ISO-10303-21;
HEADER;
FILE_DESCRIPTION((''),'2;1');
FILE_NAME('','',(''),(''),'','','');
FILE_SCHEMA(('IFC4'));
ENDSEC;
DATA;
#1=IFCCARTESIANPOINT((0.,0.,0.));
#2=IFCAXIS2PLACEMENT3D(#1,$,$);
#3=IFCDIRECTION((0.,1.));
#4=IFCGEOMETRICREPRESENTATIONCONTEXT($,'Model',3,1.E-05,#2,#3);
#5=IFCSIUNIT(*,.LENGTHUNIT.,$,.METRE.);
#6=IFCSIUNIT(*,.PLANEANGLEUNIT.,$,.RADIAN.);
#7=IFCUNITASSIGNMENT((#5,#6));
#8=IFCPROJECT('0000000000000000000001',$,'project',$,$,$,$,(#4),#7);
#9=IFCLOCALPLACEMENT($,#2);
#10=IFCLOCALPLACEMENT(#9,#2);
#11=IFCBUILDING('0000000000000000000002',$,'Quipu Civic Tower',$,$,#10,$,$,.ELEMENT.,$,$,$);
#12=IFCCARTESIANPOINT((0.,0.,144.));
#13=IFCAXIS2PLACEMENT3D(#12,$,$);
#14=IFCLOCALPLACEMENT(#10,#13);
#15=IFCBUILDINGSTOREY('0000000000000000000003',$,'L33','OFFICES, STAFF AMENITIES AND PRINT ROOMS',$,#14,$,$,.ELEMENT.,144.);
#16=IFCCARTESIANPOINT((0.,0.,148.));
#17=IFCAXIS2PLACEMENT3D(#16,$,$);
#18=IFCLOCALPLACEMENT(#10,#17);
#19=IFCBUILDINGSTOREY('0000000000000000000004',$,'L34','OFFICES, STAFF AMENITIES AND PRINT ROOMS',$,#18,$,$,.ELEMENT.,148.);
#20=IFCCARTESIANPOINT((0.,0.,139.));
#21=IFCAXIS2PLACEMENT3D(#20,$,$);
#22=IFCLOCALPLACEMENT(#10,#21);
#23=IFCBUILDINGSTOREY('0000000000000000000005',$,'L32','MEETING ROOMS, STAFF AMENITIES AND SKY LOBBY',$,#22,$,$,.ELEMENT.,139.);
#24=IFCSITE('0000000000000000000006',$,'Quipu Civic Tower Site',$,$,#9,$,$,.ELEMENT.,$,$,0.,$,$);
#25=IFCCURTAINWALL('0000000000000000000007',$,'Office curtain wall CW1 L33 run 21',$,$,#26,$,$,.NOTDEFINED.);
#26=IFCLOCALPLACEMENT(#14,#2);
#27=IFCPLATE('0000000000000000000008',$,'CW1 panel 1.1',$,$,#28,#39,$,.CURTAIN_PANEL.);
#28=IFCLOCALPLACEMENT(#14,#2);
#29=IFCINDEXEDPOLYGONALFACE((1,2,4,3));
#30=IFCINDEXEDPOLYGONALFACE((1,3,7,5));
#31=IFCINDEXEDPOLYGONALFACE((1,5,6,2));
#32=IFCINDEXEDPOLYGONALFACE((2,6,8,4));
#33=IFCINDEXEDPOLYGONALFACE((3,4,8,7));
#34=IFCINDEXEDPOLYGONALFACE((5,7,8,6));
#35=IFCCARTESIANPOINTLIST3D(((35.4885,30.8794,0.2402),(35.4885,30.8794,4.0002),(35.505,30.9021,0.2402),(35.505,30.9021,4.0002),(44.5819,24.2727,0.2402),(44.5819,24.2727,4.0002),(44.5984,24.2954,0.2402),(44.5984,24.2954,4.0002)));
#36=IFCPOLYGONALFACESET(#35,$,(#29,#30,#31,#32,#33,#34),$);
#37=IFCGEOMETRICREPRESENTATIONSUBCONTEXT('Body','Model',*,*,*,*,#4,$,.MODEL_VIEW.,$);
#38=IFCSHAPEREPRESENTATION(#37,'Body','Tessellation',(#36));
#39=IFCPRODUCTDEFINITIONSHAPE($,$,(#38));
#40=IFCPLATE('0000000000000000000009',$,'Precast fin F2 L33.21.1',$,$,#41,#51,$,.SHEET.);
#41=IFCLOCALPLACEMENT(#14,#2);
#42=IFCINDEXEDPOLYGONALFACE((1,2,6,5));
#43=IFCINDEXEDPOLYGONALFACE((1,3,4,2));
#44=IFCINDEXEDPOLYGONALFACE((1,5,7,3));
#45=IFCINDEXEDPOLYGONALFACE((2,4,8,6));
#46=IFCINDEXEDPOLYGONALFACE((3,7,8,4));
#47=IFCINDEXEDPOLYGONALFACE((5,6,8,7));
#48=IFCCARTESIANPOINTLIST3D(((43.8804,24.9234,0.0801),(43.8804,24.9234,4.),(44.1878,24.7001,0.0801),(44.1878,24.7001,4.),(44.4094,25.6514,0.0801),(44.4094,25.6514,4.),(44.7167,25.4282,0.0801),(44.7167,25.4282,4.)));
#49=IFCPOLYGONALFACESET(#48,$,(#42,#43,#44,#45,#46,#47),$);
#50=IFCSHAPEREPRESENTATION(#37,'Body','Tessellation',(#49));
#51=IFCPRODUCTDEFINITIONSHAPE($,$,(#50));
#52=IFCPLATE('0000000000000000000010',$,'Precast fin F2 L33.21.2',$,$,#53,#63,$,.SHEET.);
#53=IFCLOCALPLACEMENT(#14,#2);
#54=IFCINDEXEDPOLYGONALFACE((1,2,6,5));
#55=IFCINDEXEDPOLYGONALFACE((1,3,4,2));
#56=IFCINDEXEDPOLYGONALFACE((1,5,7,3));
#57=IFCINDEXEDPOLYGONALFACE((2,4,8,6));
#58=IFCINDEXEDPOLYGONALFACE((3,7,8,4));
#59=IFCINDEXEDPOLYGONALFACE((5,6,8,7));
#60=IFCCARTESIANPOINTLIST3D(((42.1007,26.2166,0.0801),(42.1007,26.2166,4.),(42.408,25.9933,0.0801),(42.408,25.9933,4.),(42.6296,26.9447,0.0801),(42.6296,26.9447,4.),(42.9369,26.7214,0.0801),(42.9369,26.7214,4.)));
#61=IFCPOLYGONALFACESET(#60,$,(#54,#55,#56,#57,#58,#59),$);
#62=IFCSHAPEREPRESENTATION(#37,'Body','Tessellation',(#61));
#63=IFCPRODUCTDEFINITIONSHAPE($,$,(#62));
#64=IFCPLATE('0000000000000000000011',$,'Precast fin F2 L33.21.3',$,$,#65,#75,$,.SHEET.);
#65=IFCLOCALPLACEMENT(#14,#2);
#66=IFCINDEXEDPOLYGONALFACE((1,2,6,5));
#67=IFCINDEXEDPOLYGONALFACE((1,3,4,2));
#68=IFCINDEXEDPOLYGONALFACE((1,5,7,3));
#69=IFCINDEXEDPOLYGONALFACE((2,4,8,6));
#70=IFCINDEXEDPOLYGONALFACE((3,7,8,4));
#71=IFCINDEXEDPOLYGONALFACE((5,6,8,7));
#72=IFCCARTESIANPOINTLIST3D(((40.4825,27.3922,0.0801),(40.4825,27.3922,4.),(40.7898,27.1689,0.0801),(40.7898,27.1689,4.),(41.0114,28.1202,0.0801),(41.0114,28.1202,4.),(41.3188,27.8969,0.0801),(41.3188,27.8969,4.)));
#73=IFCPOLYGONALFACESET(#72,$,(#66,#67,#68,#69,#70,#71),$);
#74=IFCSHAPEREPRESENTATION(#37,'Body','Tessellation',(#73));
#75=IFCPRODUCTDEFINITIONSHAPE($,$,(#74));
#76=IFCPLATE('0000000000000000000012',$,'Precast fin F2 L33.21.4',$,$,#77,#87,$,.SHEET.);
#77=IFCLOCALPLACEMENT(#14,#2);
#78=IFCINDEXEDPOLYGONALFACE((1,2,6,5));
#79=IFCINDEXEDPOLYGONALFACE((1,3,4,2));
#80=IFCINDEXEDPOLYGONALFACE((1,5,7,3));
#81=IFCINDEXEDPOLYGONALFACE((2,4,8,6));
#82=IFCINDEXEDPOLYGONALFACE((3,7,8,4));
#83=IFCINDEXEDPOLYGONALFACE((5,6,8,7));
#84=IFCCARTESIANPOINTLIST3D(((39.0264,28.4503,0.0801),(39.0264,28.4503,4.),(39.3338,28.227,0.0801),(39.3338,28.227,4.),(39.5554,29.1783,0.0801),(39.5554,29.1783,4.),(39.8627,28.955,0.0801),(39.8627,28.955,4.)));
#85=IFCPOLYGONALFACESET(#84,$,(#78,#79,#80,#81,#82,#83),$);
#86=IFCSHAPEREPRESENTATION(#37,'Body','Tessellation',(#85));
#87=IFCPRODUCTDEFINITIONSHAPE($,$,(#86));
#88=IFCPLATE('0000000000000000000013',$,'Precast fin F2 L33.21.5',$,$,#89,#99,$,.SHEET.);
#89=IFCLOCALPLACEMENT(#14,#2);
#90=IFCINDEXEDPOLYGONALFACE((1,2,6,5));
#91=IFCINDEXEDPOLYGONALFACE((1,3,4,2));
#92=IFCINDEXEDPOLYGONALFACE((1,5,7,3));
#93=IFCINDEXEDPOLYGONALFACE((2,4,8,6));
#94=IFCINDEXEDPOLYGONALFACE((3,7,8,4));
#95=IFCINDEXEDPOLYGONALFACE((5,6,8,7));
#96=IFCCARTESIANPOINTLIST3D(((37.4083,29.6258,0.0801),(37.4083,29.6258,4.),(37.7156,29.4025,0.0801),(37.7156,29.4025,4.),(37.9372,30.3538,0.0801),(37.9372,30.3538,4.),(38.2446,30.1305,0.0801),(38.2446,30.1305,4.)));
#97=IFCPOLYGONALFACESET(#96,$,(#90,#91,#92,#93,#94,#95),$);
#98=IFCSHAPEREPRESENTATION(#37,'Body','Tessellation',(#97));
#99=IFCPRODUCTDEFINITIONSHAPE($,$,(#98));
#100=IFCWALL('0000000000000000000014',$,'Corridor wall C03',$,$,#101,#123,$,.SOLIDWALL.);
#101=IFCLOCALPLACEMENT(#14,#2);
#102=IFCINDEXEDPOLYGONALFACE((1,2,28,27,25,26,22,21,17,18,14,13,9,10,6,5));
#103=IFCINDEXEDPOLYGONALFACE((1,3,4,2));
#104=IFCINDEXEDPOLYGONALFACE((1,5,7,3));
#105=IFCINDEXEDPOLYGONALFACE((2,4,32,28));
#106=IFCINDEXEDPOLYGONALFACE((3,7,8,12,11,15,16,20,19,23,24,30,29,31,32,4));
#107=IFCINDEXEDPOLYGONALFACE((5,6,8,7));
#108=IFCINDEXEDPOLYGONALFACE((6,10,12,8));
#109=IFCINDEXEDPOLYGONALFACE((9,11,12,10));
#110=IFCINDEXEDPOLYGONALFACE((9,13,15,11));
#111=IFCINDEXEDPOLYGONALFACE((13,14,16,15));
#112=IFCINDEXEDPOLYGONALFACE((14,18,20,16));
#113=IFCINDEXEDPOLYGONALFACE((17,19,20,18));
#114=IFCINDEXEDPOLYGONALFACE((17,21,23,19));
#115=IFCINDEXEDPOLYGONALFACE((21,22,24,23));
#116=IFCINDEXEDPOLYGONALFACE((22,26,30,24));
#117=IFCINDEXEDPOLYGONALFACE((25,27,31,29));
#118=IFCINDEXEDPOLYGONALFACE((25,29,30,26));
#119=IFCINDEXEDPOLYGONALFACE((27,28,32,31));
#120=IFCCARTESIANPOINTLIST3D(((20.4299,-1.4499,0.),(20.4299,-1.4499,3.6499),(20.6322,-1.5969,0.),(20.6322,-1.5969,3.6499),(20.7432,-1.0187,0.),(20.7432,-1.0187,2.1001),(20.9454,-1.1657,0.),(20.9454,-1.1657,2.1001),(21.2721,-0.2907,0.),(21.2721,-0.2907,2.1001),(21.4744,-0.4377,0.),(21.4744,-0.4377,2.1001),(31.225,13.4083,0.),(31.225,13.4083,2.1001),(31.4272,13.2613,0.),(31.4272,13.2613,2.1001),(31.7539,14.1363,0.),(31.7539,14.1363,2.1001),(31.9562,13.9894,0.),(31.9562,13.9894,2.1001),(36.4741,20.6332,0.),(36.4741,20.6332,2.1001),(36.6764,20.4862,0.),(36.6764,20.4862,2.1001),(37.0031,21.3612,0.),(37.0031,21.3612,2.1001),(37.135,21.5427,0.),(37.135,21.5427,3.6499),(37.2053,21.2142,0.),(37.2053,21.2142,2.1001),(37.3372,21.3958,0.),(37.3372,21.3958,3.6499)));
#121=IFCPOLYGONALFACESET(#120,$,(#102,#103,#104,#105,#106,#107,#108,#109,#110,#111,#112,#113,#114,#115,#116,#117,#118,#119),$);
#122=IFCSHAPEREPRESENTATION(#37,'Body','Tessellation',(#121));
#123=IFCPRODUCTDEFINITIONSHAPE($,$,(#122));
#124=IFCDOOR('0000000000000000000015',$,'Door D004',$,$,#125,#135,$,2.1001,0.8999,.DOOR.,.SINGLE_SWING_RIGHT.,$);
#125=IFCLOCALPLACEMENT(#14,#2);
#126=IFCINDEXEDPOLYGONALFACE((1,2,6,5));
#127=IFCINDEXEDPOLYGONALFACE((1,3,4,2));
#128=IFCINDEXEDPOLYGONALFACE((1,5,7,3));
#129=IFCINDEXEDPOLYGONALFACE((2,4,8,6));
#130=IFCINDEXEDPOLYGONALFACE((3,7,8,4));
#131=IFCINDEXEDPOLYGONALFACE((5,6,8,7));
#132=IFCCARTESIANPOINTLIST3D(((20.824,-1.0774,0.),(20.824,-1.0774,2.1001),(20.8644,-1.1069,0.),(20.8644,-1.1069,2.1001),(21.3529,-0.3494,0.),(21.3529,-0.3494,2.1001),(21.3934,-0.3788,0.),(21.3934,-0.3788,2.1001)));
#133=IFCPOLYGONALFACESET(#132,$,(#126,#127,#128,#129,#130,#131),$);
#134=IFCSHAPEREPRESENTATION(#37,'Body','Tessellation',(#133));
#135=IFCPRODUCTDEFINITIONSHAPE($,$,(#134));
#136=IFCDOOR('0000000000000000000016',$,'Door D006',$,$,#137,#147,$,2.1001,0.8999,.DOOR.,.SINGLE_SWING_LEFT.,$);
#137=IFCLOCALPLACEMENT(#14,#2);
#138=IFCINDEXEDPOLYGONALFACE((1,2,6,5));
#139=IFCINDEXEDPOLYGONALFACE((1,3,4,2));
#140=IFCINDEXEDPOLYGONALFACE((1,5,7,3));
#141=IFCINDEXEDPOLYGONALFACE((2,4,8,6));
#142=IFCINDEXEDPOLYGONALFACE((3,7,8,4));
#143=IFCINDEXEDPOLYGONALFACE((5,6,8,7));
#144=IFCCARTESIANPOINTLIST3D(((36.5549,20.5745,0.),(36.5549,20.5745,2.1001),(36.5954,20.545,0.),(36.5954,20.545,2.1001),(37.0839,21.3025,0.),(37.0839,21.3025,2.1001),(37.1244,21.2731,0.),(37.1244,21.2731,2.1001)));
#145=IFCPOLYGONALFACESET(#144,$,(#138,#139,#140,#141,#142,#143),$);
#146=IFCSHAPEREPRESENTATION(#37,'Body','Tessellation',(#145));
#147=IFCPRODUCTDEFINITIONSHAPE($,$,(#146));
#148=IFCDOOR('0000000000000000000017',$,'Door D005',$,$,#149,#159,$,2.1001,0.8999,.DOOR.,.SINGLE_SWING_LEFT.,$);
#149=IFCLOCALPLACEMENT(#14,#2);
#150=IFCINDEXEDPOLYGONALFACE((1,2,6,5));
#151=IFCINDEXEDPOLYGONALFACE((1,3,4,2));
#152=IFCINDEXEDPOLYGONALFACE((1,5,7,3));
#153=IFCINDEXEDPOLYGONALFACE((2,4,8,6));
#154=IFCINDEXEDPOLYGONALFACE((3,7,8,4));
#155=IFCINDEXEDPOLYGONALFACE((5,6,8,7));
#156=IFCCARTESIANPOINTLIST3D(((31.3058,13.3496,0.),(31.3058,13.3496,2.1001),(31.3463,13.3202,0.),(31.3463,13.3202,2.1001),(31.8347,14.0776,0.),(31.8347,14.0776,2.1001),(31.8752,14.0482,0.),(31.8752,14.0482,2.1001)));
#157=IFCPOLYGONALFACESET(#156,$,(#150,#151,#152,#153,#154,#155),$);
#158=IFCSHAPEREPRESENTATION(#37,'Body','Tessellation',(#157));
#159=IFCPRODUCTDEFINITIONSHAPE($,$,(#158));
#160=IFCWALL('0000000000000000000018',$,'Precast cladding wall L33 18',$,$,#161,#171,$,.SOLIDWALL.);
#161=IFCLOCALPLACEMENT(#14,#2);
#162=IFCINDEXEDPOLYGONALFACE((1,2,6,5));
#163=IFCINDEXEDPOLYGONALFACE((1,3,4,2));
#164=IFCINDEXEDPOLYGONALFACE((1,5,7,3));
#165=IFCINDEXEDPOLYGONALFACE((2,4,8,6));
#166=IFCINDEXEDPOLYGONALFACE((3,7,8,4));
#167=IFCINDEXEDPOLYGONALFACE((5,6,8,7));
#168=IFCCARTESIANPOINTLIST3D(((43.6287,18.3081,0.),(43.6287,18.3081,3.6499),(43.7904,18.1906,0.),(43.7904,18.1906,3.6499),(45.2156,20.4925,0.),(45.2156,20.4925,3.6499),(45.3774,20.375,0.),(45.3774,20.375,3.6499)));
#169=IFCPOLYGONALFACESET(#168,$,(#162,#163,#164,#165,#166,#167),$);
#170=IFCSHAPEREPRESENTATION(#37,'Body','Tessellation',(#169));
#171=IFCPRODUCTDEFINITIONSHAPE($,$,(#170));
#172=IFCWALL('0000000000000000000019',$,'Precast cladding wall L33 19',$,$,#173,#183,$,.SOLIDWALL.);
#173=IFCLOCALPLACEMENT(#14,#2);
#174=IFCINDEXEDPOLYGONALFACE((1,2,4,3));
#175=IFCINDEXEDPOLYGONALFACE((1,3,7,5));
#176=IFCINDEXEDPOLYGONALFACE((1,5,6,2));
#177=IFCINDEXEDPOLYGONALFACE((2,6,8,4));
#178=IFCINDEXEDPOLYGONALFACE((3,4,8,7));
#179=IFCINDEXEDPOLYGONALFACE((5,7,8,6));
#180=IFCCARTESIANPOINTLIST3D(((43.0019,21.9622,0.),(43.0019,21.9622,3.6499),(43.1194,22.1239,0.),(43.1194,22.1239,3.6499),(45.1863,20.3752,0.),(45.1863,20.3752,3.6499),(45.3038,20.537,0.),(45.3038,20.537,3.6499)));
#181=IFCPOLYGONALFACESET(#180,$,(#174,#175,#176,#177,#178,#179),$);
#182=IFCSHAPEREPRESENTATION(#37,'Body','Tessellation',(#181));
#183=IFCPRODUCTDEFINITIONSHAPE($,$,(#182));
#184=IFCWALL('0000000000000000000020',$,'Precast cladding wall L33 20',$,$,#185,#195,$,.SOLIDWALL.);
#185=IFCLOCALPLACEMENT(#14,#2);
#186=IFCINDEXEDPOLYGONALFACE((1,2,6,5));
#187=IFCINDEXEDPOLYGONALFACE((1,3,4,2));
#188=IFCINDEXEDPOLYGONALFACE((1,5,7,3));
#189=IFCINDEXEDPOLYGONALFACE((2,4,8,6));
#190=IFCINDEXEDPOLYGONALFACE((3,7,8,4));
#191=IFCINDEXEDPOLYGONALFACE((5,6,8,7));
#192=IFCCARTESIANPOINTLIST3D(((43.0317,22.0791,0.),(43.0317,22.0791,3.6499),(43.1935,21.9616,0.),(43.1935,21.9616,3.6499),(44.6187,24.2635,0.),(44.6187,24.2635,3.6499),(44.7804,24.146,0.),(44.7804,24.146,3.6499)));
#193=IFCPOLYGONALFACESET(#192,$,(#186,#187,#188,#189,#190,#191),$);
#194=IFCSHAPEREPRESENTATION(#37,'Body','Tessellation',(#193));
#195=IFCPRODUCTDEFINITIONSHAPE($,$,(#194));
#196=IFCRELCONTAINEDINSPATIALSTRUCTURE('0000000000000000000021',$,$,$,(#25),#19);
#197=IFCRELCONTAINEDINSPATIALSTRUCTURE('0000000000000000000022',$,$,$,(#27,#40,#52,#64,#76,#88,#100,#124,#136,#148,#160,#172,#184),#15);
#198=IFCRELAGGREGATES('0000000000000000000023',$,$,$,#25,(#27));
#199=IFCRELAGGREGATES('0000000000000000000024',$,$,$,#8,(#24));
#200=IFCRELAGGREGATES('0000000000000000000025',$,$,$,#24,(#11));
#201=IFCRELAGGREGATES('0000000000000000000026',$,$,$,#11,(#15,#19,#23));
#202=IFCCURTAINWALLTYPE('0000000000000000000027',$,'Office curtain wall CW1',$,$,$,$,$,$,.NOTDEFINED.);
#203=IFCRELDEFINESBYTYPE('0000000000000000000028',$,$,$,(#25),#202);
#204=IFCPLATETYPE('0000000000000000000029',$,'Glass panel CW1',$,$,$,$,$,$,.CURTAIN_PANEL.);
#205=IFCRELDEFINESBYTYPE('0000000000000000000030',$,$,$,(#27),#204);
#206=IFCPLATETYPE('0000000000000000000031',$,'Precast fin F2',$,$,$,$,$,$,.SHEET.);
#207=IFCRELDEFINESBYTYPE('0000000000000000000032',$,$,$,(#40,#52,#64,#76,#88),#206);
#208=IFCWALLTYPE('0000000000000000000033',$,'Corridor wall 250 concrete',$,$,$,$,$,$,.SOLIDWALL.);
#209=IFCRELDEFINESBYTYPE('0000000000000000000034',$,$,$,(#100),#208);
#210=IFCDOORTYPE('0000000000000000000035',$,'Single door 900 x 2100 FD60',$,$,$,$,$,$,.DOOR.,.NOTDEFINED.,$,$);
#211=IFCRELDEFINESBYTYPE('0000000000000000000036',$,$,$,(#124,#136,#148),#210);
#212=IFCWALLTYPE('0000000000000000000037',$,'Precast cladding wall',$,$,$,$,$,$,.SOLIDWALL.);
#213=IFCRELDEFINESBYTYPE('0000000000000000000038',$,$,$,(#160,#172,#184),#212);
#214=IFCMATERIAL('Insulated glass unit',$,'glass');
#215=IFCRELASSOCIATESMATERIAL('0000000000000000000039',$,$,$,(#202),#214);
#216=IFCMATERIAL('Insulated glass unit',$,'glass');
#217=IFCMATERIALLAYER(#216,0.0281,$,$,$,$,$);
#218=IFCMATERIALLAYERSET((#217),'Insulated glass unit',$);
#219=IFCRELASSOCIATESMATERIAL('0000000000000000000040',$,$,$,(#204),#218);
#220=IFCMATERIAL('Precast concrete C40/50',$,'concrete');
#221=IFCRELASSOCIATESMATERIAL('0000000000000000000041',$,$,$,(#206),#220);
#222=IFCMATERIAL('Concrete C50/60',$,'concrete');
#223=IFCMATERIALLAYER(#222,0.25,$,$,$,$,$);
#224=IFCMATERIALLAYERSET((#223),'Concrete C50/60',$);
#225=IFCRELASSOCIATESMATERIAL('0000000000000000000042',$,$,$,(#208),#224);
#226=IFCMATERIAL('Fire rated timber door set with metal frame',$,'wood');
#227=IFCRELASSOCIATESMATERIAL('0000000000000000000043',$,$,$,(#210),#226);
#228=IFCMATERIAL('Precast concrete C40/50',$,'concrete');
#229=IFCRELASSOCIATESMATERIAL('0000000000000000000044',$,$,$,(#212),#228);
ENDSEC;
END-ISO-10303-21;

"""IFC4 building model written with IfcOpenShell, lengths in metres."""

from ifc_helpers import new_model, si_unit, direction, frame, frame_2d, origin, origin_2d, place, context, subcontext, project, spatial, rectangle, extrude, material, layer, layer_set, type_object, element, fill, aggregate, save


model = new_model("IFC4")

# Units and contexts
model_context = context("Model", 3, precision=1e-05, world=origin(), true_north=direction((0.0, 1.0)))
body_context = subcontext(model_context, "Body", "Model", "MODEL_VIEW")
ifc_project = project(units=[si_unit("LENGTHUNIT", "METRE"), si_unit("PLANEANGLEUNIT", "RADIAN")], contexts=[model_context])

# Site, building, storey
site_placement = place(None, origin())
site = spatial("IfcSite", under=ifc_project, at=site_placement, Name="Quipu Civic Tower Site", CompositionType="ELEMENT", RefElevation=0.0)
building_placement = place(site_placement, origin())
building = spatial("IfcBuilding", under=site, at=building_placement, Name="Quipu Civic Tower", CompositionType="ELEMENT")
storey_1_placement = place(building_placement, frame((0.0, 0.0, 144.0)))
storey_1 = spatial("IfcBuildingStorey", under=building, at=storey_1_placement, Name="L33", Description="OFFICES, STAFF AMENITIES AND PRINT ROOMS", CompositionType="ELEMENT", Elevation=144.0)

# Shared definitions
storey_2_placement = place(building_placement, frame((0.0, 0.0, 148.0)))
storey_2 = spatial("IfcBuildingStorey", under=building, at=storey_2_placement, Name="L34", Description="OFFICES, STAFF AMENITIES AND PRINT ROOMS", CompositionType="ELEMENT", Elevation=148.0)

# Curtain wall
ifc_material_1 = material(Name="Insulated glass unit", Category="glass")
curtain_wall_type_1 = type_object("IfcCurtainWallType", Name="Office curtain wall CW1", PredefinedType="NOTDEFINED", material=ifc_material_1)
curtain_wall_1_placement = place(storey_2_placement, origin())
curtain_wall_1 = element("IfcCurtainWall", 1, at=curtain_wall_1_placement, inside=storey_2, type_object=curtain_wall_type_1, Name="Office curtain wall CW1 L33 run 21", PredefinedType="NOTDEFINED")

# Shared definitions
storey_3_placement = place(building_placement, frame((0.0, 0.0, 139.0)))
storey_3 = spatial("IfcBuildingStorey", under=building, at=storey_3_placement, Name="L32", Description="MEETING ROOMS, STAFF AMENITIES AND SKY LOBBY", CompositionType="ELEMENT", Elevation=139.0)

# Plate
ifc_material_2 = material(Name="Insulated glass unit", Category="glass")
ifc_layer_1 = layer(ifc_material_2, 0.0281)
ifc_layer_set_1 = layer_set([ifc_layer_1], Name="Insulated glass unit")
plate_type_1 = type_object("IfcPlateType", Name="Glass panel CW1", PredefinedType="CURTAIN_PANEL", material=ifc_layer_set_1)
plate_placement = place(storey_1_placement, frame((40.0435, 27.5874, 0.2402), z_axis=(0.0, 0.0, 1.0), x_axis=(-0.809015, 0.587788, 0.0)))
plate = element("IfcPlate", 2, at=plate_placement, inside=storey_1, type_object=plate_type_1, Name="CW1 panel 1.1", PredefinedType="CURTAIN_PANEL", context=body_context, shape_type="SweptSolid", body=[
    extrude(rectangle(XDim=11.24, YDim=0.0281, at=origin_2d()), origin(), (0.0, 0.0, 1.0), 3.76),
])
aggregate(curtain_wall_1, [plate])

# Plates
ifc_material_3 = material(Name="Precast concrete C40/50", Category="concrete")
plate_type_2 = type_object("IfcPlateType", Name="Precast fin F2", PredefinedType="SHEET", material=ifc_material_3)
for number, where, z_axis, x_axis, name in (
    (3, (44.2986, 25.1758, 0.0801), (0.0, 0.0, 1.0), (-0.809017, 0.587785, 0.0), "Precast fin F2 L33.21.1"),
    (4, (42.5188, 26.469, 0.0801), (0.0, 0.0, 1.0), (-0.809017, 0.587785, 0.0), "Precast fin F2 L33.21.2"),
    (5, (40.9006, 27.6445, 0.0801), (0.0, 0.0, 1.0), (-0.809017, 0.587785, 0.0), "Precast fin F2 L33.21.3"),
    (6, (39.4446, 28.7026, 0.0801), (0.0, 0.0, 1.0), (-0.809017, 0.587785, 0.0), "Precast fin F2 L33.21.4"),
    (7, (37.8264, 29.8782, 0.0801), (0.0, 0.0, 1.0), (-0.809017, 0.587785, 0.0), "Precast fin F2 L33.21.5"),
):
    element("IfcPlate", number, at=place(storey_1_placement, frame(where, z_axis=z_axis, x_axis=x_axis)), inside=storey_1, type_object=plate_type_2, Name=name, PredefinedType="SHEET", context=body_context, shape_type="SweptSolid", body=[
        extrude(rectangle(XDim=0.3799, YDim=0.8999, at=origin_2d()), origin(), (0.0, 0.0, 1.0), 3.9199),
    ])

# Wall, openings, doors
ifc_material_4 = material(Name="Concrete C50/60", Category="concrete")
ifc_layer_2 = layer(ifc_material_4, 0.25)
ifc_layer_set_2 = layer_set([ifc_layer_2], Name="Concrete C50/60")
wall_type_1 = type_object("IfcWallType", Name="Corridor wall 250 concrete", PredefinedType="SOLIDWALL", material=ifc_layer_set_2)
wall_placement = place(storey_1_placement, frame((37.2361, 21.4692, 0.0), z_axis=(0.0, 0.0, 1.0), x_axis=(-0.587783, -0.809018, 0.0)))
wall = element("IfcWall", 8, at=wall_placement, inside=storey_1, type_object=wall_type_1, Name="Corridor wall C03", PredefinedType="SOLIDWALL", context=body_context, shape_type="SweptSolid", body=[
    extrude(rectangle(XDim=28.4204, YDim=0.25, at=frame_2d((14.2102, 0.0))), origin(), (0.0, 0.0, 1.0), 3.6499),
])
opening_1_placement = place(wall_placement, frame((26.9875, 0.0, 0.0)))
opening_1 = element("IfcOpeningElement", 9, at=opening_1_placement, cuts=wall, PredefinedType="OPENING", context=body_context, shape_type="SweptSolid", body=[
    extrude(rectangle(XDim=0.8999, YDim=2.1001, at=frame_2d((0.45, 1.05))), frame((0.0, 0.135, 0.0), z_axis=(0.0, -1.0, 0.0), x_axis=(1.0, 0.0, 0.0)), (0.0, 0.0, 1.0), 0.27),
])
opening_2_placement = place(wall_placement, frame((0.2244, 0.0, 0.0)))
opening_2 = element("IfcOpeningElement", 10, at=opening_2_placement, cuts=wall, PredefinedType="OPENING", context=body_context, shape_type="SweptSolid", body=[
    extrude(rectangle(XDim=0.8999, YDim=2.1001, at=frame_2d((0.45, 1.05))), frame((0.0, 0.135, 0.0), z_axis=(0.0, -1.0, 0.0), x_axis=(1.0, 0.0, 0.0)), (0.0, 0.0, 1.0), 0.27),
])
opening_3_placement = place(wall_placement, frame((9.1548, 0.0, 0.0)))
opening_3 = element("IfcOpeningElement", 11, at=opening_3_placement, cuts=wall, PredefinedType="OPENING", context=body_context, shape_type="SweptSolid", body=[
    extrude(rectangle(XDim=0.8999, YDim=2.1001, at=frame_2d((0.45, 1.05))), frame((0.0, 0.135, 0.0), z_axis=(0.0, -1.0, 0.0), x_axis=(1.0, 0.0, 0.0)), (0.0, 0.0, 1.0), 0.27),
])
ifc_material_5 = material(Name="Fire rated timber door set with metal frame", Category="wood")
door_type = type_object("IfcDoorType", Name="Single door 900 x 2100 FD60", OperationType="NOTDEFINED", PredefinedType="DOOR", material=ifc_material_5)
door_1_placement = place(opening_1_placement, origin())
door_1 = element("IfcDoor", 12, at=door_1_placement, inside=storey_1, type_object=door_type, Name="Door D004", OperationType="SINGLE_SWING_RIGHT", OverallHeight=2.1001, OverallWidth=0.8999, PredefinedType="DOOR", context=body_context, shape_type="SweptSolid", body=[
    extrude(rectangle(XDim=0.8999, YDim=2.1001, at=frame_2d((0.45, 1.05))), frame((0.0, 0.0249, 0.0), z_axis=(0.0, -1.0, 0.0), x_axis=(1.0, 0.0, 0.0)), (0.0, 0.0, 1.0), 0.05),
])
fill(opening_1, door_1)
door_2_placement = place(opening_2_placement, origin())
door_2 = element("IfcDoor", 13, at=door_2_placement, inside=storey_1, type_object=door_type, Name="Door D006", OperationType="SINGLE_SWING_LEFT", OverallHeight=2.1001, OverallWidth=0.8999, PredefinedType="DOOR", context=body_context, shape_type="SweptSolid", body=[
    extrude(rectangle(XDim=0.8999, YDim=2.1001, at=frame_2d((0.45, 1.05))), frame((0.0, 0.0249, 0.0), z_axis=(0.0, -1.0, 0.0), x_axis=(1.0, 0.0, 0.0)), (0.0, 0.0, 1.0), 0.05),
])
fill(opening_2, door_2)
door_3_placement = place(opening_3_placement, origin())
door_3 = element("IfcDoor", 14, at=door_3_placement, inside=storey_1, type_object=door_type, Name="Door D005", OperationType="SINGLE_SWING_LEFT", OverallHeight=2.1001, OverallWidth=0.8999, PredefinedType="DOOR", context=body_context, shape_type="SweptSolid", body=[
    extrude(rectangle(XDim=0.8999, YDim=2.1001, at=frame_2d((0.45, 1.05))), frame((0.0, 0.0249, 0.0), z_axis=(0.0, -1.0, 0.0), x_axis=(1.0, 0.0, 0.0)), (0.0, 0.0, 1.0), 0.05),
])
fill(opening_3, door_3)

# Walls
ifc_material_6 = material(Name="Precast concrete C40/50", Category="concrete")
wall_type_2 = type_object("IfcWallType", Name="Precast cladding wall", PredefinedType="SOLIDWALL", material=ifc_material_6)
for number, where, z_axis, x_axis, name in (
    (15, (43.7095, 18.2493, 0.0), (0.0, 0.0, 1.0), (0.587763, 0.809033, 0.0), "Precast cladding wall L33 18"),
    (16, (45.2451, 20.4561, 0.0), (0.0, 0.0, 1.0), (-0.809033, 0.587763, 0.0), "Precast cladding wall L33 19"),
    (17, (43.1125, 22.0203, 0.0), (0.0, 0.0, 1.0), (0.587763, 0.809033, 0.0), "Precast cladding wall L33 20"),
):
    element("IfcWall", number, at=place(storey_1_placement, frame(where, z_axis=z_axis, x_axis=x_axis)), inside=storey_1, type_object=wall_type_2, Name=name, PredefinedType="SOLIDWALL", context=body_context, shape_type="SweptSolid", body=[
        extrude(rectangle(XDim=2.7, YDim=0.2, at=frame_2d((1.3501, 0.0))), origin(), (0.0, 0.0, 1.0), 3.6499),
    ])

save(model, "model.ifc")
